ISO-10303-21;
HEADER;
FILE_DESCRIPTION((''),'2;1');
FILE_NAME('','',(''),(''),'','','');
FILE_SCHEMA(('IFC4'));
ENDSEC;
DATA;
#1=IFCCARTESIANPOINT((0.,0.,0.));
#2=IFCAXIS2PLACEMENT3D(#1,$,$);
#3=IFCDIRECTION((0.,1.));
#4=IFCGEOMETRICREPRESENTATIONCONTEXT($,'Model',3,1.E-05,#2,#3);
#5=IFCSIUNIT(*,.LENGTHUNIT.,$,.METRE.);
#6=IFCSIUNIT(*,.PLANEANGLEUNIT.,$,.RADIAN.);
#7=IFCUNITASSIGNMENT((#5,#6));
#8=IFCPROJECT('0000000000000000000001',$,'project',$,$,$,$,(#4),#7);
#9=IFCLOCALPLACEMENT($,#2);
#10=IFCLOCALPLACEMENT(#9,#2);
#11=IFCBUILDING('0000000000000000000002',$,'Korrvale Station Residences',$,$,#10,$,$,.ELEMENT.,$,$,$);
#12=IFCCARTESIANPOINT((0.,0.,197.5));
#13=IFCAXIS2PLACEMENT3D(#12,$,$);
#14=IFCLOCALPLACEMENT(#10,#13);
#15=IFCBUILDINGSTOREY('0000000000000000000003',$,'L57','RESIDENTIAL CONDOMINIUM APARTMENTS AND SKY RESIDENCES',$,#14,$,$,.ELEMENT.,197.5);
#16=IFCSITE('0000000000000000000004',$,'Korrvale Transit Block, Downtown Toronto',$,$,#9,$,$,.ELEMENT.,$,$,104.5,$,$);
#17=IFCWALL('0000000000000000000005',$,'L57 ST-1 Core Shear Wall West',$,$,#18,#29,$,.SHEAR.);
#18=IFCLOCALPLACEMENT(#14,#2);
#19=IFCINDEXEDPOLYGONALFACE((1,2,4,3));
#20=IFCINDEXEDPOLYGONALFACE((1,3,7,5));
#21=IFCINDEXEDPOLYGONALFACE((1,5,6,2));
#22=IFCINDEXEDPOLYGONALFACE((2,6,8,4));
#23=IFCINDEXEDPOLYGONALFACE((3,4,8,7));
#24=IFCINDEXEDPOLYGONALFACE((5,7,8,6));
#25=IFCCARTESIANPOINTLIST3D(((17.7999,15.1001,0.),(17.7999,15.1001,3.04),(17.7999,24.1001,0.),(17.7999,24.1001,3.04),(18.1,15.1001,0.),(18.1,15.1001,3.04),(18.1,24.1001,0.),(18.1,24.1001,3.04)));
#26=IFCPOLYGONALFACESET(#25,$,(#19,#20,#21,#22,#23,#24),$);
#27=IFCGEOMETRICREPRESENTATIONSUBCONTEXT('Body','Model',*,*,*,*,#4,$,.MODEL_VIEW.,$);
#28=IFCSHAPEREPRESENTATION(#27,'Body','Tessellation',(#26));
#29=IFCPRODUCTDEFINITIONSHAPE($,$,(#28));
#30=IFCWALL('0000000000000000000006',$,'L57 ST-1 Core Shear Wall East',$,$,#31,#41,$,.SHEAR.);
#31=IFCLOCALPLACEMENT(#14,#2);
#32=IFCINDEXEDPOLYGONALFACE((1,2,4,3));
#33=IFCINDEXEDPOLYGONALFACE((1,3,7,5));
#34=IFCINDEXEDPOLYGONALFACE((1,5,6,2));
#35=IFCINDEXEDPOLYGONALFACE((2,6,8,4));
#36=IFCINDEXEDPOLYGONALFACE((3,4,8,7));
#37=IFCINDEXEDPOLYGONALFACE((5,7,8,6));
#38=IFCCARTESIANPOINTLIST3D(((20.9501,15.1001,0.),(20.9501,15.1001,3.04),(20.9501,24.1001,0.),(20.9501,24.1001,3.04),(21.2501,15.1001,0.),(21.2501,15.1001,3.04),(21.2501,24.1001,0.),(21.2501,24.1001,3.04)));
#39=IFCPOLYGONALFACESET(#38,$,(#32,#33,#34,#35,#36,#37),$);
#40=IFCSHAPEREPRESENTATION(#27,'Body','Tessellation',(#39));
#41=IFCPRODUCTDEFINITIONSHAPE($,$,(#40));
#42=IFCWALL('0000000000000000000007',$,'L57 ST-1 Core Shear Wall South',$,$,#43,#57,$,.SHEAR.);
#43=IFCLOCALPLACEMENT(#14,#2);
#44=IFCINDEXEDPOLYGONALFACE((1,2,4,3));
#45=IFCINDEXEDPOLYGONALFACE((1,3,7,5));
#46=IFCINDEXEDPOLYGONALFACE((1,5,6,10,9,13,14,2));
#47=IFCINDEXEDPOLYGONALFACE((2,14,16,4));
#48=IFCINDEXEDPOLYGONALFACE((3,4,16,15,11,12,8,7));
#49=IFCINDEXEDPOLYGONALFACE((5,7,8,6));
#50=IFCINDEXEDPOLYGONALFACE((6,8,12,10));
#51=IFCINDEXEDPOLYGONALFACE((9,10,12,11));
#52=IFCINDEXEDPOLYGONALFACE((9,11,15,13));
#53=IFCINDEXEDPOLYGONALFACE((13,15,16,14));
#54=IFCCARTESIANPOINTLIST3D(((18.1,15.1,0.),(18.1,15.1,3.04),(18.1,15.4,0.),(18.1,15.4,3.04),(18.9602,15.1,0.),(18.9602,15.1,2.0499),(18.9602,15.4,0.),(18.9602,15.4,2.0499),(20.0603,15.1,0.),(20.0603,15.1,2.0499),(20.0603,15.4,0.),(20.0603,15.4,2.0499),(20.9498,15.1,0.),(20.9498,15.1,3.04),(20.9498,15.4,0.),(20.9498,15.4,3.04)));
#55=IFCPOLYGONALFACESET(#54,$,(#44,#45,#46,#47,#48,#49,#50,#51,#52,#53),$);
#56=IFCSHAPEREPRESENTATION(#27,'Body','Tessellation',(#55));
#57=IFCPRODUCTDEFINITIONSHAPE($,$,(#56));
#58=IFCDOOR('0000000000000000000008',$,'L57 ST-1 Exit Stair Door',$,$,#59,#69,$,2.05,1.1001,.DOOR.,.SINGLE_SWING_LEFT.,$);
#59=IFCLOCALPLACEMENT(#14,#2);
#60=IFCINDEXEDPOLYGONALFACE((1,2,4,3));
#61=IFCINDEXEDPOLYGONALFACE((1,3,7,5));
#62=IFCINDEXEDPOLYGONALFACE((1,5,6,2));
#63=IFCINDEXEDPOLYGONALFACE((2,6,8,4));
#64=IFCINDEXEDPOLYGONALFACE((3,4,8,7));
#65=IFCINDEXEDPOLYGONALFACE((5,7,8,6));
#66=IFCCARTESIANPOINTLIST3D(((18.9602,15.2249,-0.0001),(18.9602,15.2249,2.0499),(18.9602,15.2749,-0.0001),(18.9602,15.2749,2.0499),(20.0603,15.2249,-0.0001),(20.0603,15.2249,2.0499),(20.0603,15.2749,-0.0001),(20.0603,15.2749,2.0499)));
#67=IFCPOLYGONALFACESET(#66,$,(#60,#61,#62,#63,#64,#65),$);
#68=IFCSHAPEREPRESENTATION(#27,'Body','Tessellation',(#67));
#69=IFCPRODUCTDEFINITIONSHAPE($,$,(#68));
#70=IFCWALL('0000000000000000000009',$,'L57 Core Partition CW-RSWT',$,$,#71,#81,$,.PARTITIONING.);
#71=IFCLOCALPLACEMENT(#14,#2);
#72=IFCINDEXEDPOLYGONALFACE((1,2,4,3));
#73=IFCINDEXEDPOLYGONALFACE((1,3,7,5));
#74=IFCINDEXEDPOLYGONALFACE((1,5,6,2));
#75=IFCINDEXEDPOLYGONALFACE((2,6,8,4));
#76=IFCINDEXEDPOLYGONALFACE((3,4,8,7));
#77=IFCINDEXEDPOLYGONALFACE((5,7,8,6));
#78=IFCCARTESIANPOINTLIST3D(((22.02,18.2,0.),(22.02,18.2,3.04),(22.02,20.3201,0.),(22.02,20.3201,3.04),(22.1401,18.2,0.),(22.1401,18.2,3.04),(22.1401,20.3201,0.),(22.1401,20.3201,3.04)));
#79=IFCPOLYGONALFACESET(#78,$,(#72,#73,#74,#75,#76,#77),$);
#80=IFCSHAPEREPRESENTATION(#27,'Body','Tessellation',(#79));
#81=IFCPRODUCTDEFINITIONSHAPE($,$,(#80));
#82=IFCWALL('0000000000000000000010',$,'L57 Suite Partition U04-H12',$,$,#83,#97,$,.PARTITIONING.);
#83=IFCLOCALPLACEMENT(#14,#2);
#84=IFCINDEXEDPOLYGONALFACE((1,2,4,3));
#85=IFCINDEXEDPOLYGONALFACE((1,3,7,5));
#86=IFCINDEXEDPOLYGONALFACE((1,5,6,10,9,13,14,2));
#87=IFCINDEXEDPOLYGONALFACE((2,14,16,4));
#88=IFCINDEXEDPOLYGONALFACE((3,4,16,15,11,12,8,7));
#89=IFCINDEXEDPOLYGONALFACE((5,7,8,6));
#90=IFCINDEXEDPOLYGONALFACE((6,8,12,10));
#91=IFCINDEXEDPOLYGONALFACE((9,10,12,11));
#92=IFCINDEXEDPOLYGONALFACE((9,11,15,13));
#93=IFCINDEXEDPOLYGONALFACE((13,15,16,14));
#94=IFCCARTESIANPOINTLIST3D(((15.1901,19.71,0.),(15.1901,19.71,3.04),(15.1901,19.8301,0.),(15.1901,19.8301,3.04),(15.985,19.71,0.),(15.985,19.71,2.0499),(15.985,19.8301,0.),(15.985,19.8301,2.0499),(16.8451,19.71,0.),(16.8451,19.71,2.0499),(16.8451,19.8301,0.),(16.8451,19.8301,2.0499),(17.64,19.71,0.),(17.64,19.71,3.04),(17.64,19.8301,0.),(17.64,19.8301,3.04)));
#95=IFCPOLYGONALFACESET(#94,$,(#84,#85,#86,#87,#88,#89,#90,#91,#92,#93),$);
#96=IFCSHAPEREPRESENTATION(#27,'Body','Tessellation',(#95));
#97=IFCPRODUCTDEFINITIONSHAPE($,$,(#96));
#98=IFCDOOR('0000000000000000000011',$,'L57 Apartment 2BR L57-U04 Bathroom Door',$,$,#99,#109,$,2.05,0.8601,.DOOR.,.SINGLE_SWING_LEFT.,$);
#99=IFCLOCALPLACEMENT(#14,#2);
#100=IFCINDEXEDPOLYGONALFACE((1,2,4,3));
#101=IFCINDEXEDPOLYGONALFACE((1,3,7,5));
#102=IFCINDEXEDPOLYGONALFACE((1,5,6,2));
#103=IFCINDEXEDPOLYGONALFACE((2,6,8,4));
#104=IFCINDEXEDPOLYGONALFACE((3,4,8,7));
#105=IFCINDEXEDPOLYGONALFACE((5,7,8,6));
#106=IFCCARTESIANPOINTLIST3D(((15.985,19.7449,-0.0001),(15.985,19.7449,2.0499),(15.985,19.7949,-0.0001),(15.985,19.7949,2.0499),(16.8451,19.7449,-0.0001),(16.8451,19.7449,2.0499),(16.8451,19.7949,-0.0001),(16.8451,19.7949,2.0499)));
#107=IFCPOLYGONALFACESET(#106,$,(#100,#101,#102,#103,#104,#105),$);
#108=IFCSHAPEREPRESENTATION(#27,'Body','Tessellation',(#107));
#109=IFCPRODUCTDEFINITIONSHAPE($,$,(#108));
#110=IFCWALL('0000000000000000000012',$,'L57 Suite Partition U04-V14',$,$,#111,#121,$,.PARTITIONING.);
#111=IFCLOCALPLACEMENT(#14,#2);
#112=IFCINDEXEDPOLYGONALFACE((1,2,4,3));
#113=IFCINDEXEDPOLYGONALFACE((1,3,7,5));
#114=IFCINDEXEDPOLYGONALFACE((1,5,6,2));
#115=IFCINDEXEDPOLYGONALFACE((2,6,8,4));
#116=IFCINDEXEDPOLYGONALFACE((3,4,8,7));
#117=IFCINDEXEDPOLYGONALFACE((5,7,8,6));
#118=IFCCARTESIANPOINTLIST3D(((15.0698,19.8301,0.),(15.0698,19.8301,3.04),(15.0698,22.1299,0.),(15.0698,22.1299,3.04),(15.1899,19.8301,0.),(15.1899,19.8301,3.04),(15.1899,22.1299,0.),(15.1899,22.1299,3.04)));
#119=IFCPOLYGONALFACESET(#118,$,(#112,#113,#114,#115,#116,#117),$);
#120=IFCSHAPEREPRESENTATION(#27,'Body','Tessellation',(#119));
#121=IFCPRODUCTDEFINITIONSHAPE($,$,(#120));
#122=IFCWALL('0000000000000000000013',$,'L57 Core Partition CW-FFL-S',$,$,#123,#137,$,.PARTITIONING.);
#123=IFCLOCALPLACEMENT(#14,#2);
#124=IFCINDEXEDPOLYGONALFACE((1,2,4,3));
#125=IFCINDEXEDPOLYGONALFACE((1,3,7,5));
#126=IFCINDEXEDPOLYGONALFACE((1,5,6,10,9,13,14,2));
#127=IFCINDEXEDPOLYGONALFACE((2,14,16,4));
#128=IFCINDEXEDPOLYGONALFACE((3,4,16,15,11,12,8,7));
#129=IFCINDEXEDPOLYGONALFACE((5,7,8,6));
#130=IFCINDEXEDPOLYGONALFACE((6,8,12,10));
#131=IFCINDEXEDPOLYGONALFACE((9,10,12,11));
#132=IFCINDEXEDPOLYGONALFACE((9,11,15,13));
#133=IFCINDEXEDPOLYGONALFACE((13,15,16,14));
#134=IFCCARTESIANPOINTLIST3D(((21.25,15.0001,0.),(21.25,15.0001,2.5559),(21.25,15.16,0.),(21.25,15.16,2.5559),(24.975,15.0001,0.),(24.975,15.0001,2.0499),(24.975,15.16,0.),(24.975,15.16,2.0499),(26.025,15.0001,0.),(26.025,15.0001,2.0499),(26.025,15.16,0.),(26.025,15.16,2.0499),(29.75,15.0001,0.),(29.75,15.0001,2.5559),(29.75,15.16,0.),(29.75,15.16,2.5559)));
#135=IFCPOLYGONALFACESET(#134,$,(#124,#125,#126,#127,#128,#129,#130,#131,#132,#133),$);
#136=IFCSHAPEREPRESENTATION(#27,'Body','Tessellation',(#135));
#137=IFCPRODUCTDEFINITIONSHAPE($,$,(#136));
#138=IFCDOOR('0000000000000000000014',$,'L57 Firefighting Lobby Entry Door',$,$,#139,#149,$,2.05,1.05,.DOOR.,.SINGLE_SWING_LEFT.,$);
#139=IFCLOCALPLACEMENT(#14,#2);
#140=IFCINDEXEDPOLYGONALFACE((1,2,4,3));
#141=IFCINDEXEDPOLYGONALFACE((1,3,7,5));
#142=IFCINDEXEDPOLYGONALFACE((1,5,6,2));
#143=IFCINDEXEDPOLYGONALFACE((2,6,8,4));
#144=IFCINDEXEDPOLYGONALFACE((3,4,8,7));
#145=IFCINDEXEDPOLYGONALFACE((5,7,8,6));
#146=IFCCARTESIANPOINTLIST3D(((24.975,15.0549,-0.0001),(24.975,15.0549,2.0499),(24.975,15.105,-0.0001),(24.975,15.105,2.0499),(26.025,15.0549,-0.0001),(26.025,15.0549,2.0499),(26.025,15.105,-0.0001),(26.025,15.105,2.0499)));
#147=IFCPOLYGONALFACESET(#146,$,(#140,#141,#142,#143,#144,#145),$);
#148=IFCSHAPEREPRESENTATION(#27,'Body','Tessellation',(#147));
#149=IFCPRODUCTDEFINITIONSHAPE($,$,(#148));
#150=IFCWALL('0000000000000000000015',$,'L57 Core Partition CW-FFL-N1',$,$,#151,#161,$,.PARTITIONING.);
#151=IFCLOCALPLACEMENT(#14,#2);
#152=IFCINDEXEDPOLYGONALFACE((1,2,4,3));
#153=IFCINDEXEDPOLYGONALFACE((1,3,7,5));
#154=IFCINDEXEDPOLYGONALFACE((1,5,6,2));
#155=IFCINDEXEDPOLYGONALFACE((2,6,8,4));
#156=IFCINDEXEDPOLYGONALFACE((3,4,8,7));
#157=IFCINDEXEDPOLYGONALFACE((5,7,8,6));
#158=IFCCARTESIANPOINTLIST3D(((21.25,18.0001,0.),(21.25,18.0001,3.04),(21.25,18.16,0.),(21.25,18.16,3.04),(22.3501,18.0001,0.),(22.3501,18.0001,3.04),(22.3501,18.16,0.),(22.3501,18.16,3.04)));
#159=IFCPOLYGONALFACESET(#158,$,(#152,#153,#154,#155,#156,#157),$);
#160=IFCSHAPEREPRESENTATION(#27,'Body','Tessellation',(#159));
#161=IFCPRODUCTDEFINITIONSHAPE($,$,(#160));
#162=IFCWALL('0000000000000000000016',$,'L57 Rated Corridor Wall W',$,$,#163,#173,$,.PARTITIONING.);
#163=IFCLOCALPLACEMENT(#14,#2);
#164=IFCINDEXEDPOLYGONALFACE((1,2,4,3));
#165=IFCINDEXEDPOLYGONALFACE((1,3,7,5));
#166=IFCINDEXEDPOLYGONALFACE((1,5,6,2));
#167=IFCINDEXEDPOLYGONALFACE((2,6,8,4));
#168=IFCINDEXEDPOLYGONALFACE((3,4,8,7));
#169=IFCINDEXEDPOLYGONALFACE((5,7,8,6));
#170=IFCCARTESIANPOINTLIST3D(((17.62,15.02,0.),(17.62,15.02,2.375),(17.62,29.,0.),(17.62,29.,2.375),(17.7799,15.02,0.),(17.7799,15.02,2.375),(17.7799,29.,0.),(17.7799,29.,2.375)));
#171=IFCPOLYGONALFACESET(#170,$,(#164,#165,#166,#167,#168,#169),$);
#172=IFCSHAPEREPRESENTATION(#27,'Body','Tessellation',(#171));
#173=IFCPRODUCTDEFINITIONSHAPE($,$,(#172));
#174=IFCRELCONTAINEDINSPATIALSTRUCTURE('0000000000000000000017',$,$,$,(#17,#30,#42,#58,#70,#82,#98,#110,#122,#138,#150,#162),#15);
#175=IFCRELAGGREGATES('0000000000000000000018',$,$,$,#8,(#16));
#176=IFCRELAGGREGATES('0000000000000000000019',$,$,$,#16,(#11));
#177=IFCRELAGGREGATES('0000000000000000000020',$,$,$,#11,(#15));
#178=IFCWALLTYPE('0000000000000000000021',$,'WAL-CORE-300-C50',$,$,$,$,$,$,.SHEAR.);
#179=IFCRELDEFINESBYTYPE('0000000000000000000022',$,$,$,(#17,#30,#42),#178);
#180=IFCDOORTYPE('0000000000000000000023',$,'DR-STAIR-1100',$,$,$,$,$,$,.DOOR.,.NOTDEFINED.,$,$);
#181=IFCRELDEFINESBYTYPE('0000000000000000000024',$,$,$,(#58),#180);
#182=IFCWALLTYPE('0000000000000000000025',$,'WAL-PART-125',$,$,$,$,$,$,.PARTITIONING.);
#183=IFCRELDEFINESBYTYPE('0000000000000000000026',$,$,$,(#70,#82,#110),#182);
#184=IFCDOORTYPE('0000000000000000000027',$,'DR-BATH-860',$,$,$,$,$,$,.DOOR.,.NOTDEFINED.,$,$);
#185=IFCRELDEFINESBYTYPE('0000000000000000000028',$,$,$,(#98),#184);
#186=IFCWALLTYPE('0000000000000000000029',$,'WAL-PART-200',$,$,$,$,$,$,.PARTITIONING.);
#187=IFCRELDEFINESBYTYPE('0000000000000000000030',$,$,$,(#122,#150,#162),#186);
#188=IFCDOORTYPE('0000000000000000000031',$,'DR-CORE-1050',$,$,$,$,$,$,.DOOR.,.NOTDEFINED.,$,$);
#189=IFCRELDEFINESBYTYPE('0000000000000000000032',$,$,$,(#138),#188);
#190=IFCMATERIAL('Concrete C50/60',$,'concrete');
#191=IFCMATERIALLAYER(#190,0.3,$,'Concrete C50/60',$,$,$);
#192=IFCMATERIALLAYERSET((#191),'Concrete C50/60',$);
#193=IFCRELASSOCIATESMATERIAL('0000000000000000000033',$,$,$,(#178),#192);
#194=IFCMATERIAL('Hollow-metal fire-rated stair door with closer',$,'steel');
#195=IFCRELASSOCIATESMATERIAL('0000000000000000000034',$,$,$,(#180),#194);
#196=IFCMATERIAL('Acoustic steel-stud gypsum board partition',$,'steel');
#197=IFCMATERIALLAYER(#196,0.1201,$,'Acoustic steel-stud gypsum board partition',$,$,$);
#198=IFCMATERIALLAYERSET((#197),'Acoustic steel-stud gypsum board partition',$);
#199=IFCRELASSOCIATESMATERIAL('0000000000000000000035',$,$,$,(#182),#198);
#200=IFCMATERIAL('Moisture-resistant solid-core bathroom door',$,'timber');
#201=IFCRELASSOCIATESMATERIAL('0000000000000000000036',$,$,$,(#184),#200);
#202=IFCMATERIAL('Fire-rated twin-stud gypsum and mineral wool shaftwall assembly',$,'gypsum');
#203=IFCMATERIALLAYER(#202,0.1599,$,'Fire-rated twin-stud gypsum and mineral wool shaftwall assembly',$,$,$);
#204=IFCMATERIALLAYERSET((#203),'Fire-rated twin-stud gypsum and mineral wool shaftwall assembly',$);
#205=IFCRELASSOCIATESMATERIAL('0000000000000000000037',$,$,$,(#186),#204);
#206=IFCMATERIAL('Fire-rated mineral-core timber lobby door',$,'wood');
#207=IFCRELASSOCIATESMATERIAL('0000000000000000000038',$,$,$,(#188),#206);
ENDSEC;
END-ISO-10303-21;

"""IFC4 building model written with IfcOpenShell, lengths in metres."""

from ifc_helpers import new_model, si_unit, direction, frame, frame_2d, origin, place, context, subcontext, project, spatial, rectangle, extrude, material, layer, layer_set, type_object, element, fill, save


model = new_model("IFC4")

# Units and contexts
model_context = context("Model", 3, precision=1e-05, world=origin(), true_north=direction((0.0, 1.0)))
body_context = subcontext(model_context, "Body", "Model", "MODEL_VIEW")
ifc_project = project(units=[si_unit("LENGTHUNIT", "METRE"), si_unit("PLANEANGLEUNIT", "RADIAN")], contexts=[model_context])

# Site, building, storey
site_placement = place(None, origin())
site = spatial("IfcSite", under=ifc_project, at=site_placement, Name="Korrvale Transit Block, Downtown Toronto", CompositionType="ELEMENT", RefElevation=104.5)
building_placement = place(site_placement, origin())
building = spatial("IfcBuilding", under=site, at=building_placement, Name="Korrvale Station Residences", CompositionType="ELEMENT")
storey_placement = place(building_placement, frame((0.0, 0.0, 197.5)))
storey = spatial("IfcBuildingStorey", under=building, at=storey_placement, Name="L57", Description="RESIDENTIAL CONDOMINIUM APARTMENTS AND SKY RESIDENCES", CompositionType="ELEMENT", Elevation=197.5)

# Walls
ifc_material_1 = material(Name="Concrete C50/60", Category="concrete")
ifc_layer_1 = layer(ifc_material_1, 0.3, Name="Concrete C50/60")
ifc_layer_set_1 = layer_set([ifc_layer_1], Name="Concrete C50/60")
wall_type_1 = type_object("IfcWallType", Name="WAL-CORE-300-C50", PredefinedType="SHEAR", material=ifc_layer_set_1)
for number, where, z_axis, x_axis, name in (
    (1, (17.95, 15.1001, 0.0), (0.0, 0.0, 1.0), (0.0, 1.0, 0.0), "L57 ST-1 Core Shear Wall West"),
    (2, (21.1001, 15.1001, 0.0), (0.0, 0.0, 1.0), (0.0, 1.0, 0.0), "L57 ST-1 Core Shear Wall East"),
):
    element("IfcWall", number, at=place(storey_placement, frame(where, z_axis=z_axis, x_axis=x_axis)), inside=storey, type_object=wall_type_1, Name=name, PredefinedType="SHEAR", context=body_context, shape_type="SweptSolid", body=[
        extrude(rectangle(XDim=9.0, YDim=0.3, at=frame_2d((4.5, 0.0))), origin(), (0.0, 0.0, 1.0), 3.04),
    ])

# Wall, opening, door
wall_1_placement = place(storey_placement, frame((18.1001, 15.25, 0.0), z_axis=(0.0, 0.0, 1.0), x_axis=(1.0, 0.0, 0.0)))
wall_1 = element("IfcWall", 3, at=wall_1_placement, inside=storey, type_object=wall_type_1, Name="L57 ST-1 Core Shear Wall South", PredefinedType="SHEAR", context=body_context, shape_type="SweptSolid", body=[
    extrude(rectangle(XDim=2.8499, YDim=0.3, at=frame_2d((1.4248, 0.0))), origin(), (0.0, 0.0, 1.0), 3.04),
])
opening_1_placement = place(wall_1_placement, frame((0.8601, 0.0, 0.0)))
opening_1 = element("IfcOpeningElement", 4, at=opening_1_placement, cuts=wall_1, PredefinedType="OPENING", context=body_context, shape_type="SweptSolid", body=[
    extrude(rectangle(XDim=1.1001, YDim=2.05, at=frame_2d((0.55, 1.0249))), frame((0.0, 0.1602, 0.0), z_axis=(0.0, -1.0, 0.0), x_axis=(1.0, 0.0, 0.0)), (0.0, 0.0, 1.0), 0.3201),
])
ifc_material_2 = material(Name="Hollow-metal fire-rated stair door with closer", Category="steel")
door_type_1 = type_object("IfcDoorType", Name="DR-STAIR-1100", OperationType="NOTDEFINED", PredefinedType="DOOR", material=ifc_material_2)
door_1_placement = place(opening_1_placement, origin())
door_1 = element("IfcDoor", 5, at=door_1_placement, inside=storey, type_object=door_type_1, Name="L57 ST-1 Exit Stair Door", OperationType="SINGLE_SWING_LEFT", OverallHeight=2.05, OverallWidth=1.1001, PredefinedType="DOOR", context=body_context, shape_type="SweptSolid", body=[
    extrude(rectangle(XDim=1.1001, YDim=2.05, at=frame_2d((0.55, 1.0249))), frame((0.0, 0.0249, 0.0), z_axis=(0.0, -1.0, 0.0), x_axis=(1.0, 0.0, 0.0)), (0.0, 0.0, 1.0), 0.05),
])
fill(opening_1, door_1)

# Wall
ifc_material_3 = material(Name="Acoustic steel-stud gypsum board partition", Category="steel")
ifc_layer_2 = layer(ifc_material_3, 0.1201, Name="Acoustic steel-stud gypsum board partition")
ifc_layer_set_2 = layer_set([ifc_layer_2], Name="Acoustic steel-stud gypsum board partition")
wall_type_2 = type_object("IfcWallType", Name="WAL-PART-125", PredefinedType="PARTITIONING", material=ifc_layer_set_2)
wall_2_placement = place(storey_placement, frame((22.0801, 18.2, 0.0), z_axis=(0.0, 0.0, 1.0), x_axis=(0.0, 1.0, 0.0)))
element("IfcWall", 6, at=wall_2_placement, inside=storey, type_object=wall_type_2, Name="L57 Core Partition CW-RSWT", PredefinedType="PARTITIONING", context=body_context, shape_type="SweptSolid", body=[
    extrude(rectangle(XDim=2.1201, YDim=0.1201, at=frame_2d((1.0601, 0.0))), origin(), (0.0, 0.0, 1.0), 3.04),
])

# Wall, opening, door
wall_3_placement = place(storey_placement, frame((15.1899, 19.77, 0.0), z_axis=(0.0, 0.0, 1.0), x_axis=(1.0, 0.0, 0.0)))
wall_3 = element("IfcWall", 7, at=wall_3_placement, inside=storey, type_object=wall_type_2, Name="L57 Suite Partition U04-H12", PredefinedType="PARTITIONING", context=body_context, shape_type="SweptSolid", body=[
    extrude(rectangle(XDim=2.45, YDim=0.1201, at=frame_2d((1.2251, 0.0))), origin(), (0.0, 0.0, 1.0), 3.04),
])
opening_2_placement = place(wall_3_placement, frame((0.7949, 0.0, 0.0)))
opening_2 = element("IfcOpeningElement", 8, at=opening_2_placement, cuts=wall_3, PredefinedType="OPENING", context=body_context, shape_type="SweptSolid", body=[
    extrude(rectangle(XDim=0.8601, YDim=2.05, at=frame_2d((0.4302, 1.0249))), frame((0.0, 0.0701, 0.0), z_axis=(0.0, -1.0, 0.0), x_axis=(1.0, 0.0, 0.0)), (0.0, 0.0, 1.0), 0.1401),
])
ifc_material_4 = material(Name="Moisture-resistant solid-core bathroom door", Category="timber")
door_type_2 = type_object("IfcDoorType", Name="DR-BATH-860", OperationType="NOTDEFINED", PredefinedType="DOOR", material=ifc_material_4)
door_2_placement = place(opening_2_placement, origin())
door_2 = element("IfcDoor", 9, at=door_2_placement, inside=storey, type_object=door_type_2, Name="L57 Apartment 2BR L57-U04 Bathroom Door", OperationType="SINGLE_SWING_LEFT", OverallHeight=2.05, OverallWidth=0.8601, PredefinedType="DOOR", context=body_context, shape_type="SweptSolid", body=[
    extrude(rectangle(XDim=0.8601, YDim=2.05, at=frame_2d((0.4302, 1.0249))), frame((0.0, 0.0249, 0.0), z_axis=(0.0, -1.0, 0.0), x_axis=(1.0, 0.0, 0.0)), (0.0, 0.0, 1.0), 0.05),
])
fill(opening_2, door_2)

# Wall
wall_4_placement = place(storey_placement, frame((15.1299, 19.8301, 0.0), z_axis=(0.0, 0.0, 1.0), x_axis=(0.0, 1.0, 0.0)))
element("IfcWall", 10, at=wall_4_placement, inside=storey, type_object=wall_type_2, Name="L57 Suite Partition U04-V14", PredefinedType="PARTITIONING", context=body_context, shape_type="SweptSolid", body=[
    extrude(rectangle(XDim=2.2998, YDim=0.1201, at=frame_2d((1.1499, 0.0))), origin(), (0.0, 0.0, 1.0), 3.04),
])

# Wall, opening, door
ifc_material_5 = material(Name="Fire-rated twin-stud gypsum and mineral wool shaftwall assembly", Category="gypsum")
ifc_layer_3 = layer(ifc_material_5, 0.1599, Name="Fire-rated twin-stud gypsum and mineral wool shaftwall assembly")
ifc_layer_set_3 = layer_set([ifc_layer_3], Name="Fire-rated twin-stud gypsum and mineral wool shaftwall assembly")
wall_type_3 = type_object("IfcWallType", Name="WAL-PART-200", PredefinedType="PARTITIONING", material=ifc_layer_set_3)
wall_5_placement = place(storey_placement, frame((21.25, 15.0801, 0.0), z_axis=(0.0, 0.0, 1.0), x_axis=(1.0, 0.0, 0.0)))
wall_5 = element("IfcWall", 11, at=wall_5_placement, inside=storey, type_object=wall_type_3, Name="L57 Core Partition CW-FFL-S", PredefinedType="PARTITIONING", context=body_context, shape_type="SweptSolid", body=[
    extrude(rectangle(XDim=8.5, YDim=0.1599, at=frame_2d((4.25, 0.0))), origin(), (0.0, 0.0, 1.0), 2.5559),
])
opening_3_placement = place(wall_5_placement, frame((3.7251, 0.0, 0.0)))
opening_3 = element("IfcOpeningElement", 12, at=opening_3_placement, cuts=wall_5, PredefinedType="OPENING", context=body_context, shape_type="SweptSolid", body=[
    extrude(rectangle(XDim=1.05, YDim=2.05, at=frame_2d((0.5249, 1.0249))), frame((0.0, 0.0898, 0.0), z_axis=(0.0, -1.0, 0.0), x_axis=(1.0, 0.0, 0.0)), (0.0, 0.0, 1.0), 0.1799),
])
ifc_material_6 = material(Name="Fire-rated mineral-core timber lobby door", Category="wood")
door_type_3 = type_object("IfcDoorType", Name="DR-CORE-1050", OperationType="NOTDEFINED", PredefinedType="DOOR", material=ifc_material_6)
door_3_placement = place(opening_3_placement, origin())
door_3 = element("IfcDoor", 13, at=door_3_placement, inside=storey, type_object=door_type_3, Name="L57 Firefighting Lobby Entry Door", OperationType="SINGLE_SWING_LEFT", OverallHeight=2.05, OverallWidth=1.05, PredefinedType="DOOR", context=body_context, shape_type="SweptSolid", body=[
    extrude(rectangle(XDim=1.05, YDim=2.05, at=frame_2d((0.5249, 1.0249))), frame((0.0, 0.0249, 0.0), z_axis=(0.0, -1.0, 0.0), x_axis=(1.0, 0.0, 0.0)), (0.0, 0.0, 1.0), 0.05),
])
fill(opening_3, door_3)

# Walls
wall_6_placement = place(storey_placement, frame((21.25, 18.0801, 0.0), z_axis=(0.0, 0.0, 1.0), x_axis=(1.0, 0.0, 0.0)))
element("IfcWall", 14, at=wall_6_placement, inside=storey, type_object=wall_type_3, Name="L57 Core Partition CW-FFL-N1", PredefinedType="PARTITIONING", context=body_context, shape_type="SweptSolid", body=[
    extrude(rectangle(XDim=1.1001, YDim=0.1599, at=frame_2d((0.55, 0.0))), origin(), (0.0, 0.0, 1.0), 3.04),
])
wall_7_placement = place(storey_placement, frame((17.7, 15.02, 0.0), z_axis=(0.0, 0.0, 1.0), x_axis=(0.0, 1.0, 0.0)))
element("IfcWall", 15, at=wall_7_placement, inside=storey, type_object=wall_type_3, Name="L57 Rated Corridor Wall W", PredefinedType="PARTITIONING", context=body_context, shape_type="SweptSolid", body=[
    extrude(rectangle(XDim=13.98, YDim=0.1599, at=frame_2d((6.99, 0.0))), origin(), (0.0, 0.0, 1.0), 2.375),
])

save(model, "model.ifc")
